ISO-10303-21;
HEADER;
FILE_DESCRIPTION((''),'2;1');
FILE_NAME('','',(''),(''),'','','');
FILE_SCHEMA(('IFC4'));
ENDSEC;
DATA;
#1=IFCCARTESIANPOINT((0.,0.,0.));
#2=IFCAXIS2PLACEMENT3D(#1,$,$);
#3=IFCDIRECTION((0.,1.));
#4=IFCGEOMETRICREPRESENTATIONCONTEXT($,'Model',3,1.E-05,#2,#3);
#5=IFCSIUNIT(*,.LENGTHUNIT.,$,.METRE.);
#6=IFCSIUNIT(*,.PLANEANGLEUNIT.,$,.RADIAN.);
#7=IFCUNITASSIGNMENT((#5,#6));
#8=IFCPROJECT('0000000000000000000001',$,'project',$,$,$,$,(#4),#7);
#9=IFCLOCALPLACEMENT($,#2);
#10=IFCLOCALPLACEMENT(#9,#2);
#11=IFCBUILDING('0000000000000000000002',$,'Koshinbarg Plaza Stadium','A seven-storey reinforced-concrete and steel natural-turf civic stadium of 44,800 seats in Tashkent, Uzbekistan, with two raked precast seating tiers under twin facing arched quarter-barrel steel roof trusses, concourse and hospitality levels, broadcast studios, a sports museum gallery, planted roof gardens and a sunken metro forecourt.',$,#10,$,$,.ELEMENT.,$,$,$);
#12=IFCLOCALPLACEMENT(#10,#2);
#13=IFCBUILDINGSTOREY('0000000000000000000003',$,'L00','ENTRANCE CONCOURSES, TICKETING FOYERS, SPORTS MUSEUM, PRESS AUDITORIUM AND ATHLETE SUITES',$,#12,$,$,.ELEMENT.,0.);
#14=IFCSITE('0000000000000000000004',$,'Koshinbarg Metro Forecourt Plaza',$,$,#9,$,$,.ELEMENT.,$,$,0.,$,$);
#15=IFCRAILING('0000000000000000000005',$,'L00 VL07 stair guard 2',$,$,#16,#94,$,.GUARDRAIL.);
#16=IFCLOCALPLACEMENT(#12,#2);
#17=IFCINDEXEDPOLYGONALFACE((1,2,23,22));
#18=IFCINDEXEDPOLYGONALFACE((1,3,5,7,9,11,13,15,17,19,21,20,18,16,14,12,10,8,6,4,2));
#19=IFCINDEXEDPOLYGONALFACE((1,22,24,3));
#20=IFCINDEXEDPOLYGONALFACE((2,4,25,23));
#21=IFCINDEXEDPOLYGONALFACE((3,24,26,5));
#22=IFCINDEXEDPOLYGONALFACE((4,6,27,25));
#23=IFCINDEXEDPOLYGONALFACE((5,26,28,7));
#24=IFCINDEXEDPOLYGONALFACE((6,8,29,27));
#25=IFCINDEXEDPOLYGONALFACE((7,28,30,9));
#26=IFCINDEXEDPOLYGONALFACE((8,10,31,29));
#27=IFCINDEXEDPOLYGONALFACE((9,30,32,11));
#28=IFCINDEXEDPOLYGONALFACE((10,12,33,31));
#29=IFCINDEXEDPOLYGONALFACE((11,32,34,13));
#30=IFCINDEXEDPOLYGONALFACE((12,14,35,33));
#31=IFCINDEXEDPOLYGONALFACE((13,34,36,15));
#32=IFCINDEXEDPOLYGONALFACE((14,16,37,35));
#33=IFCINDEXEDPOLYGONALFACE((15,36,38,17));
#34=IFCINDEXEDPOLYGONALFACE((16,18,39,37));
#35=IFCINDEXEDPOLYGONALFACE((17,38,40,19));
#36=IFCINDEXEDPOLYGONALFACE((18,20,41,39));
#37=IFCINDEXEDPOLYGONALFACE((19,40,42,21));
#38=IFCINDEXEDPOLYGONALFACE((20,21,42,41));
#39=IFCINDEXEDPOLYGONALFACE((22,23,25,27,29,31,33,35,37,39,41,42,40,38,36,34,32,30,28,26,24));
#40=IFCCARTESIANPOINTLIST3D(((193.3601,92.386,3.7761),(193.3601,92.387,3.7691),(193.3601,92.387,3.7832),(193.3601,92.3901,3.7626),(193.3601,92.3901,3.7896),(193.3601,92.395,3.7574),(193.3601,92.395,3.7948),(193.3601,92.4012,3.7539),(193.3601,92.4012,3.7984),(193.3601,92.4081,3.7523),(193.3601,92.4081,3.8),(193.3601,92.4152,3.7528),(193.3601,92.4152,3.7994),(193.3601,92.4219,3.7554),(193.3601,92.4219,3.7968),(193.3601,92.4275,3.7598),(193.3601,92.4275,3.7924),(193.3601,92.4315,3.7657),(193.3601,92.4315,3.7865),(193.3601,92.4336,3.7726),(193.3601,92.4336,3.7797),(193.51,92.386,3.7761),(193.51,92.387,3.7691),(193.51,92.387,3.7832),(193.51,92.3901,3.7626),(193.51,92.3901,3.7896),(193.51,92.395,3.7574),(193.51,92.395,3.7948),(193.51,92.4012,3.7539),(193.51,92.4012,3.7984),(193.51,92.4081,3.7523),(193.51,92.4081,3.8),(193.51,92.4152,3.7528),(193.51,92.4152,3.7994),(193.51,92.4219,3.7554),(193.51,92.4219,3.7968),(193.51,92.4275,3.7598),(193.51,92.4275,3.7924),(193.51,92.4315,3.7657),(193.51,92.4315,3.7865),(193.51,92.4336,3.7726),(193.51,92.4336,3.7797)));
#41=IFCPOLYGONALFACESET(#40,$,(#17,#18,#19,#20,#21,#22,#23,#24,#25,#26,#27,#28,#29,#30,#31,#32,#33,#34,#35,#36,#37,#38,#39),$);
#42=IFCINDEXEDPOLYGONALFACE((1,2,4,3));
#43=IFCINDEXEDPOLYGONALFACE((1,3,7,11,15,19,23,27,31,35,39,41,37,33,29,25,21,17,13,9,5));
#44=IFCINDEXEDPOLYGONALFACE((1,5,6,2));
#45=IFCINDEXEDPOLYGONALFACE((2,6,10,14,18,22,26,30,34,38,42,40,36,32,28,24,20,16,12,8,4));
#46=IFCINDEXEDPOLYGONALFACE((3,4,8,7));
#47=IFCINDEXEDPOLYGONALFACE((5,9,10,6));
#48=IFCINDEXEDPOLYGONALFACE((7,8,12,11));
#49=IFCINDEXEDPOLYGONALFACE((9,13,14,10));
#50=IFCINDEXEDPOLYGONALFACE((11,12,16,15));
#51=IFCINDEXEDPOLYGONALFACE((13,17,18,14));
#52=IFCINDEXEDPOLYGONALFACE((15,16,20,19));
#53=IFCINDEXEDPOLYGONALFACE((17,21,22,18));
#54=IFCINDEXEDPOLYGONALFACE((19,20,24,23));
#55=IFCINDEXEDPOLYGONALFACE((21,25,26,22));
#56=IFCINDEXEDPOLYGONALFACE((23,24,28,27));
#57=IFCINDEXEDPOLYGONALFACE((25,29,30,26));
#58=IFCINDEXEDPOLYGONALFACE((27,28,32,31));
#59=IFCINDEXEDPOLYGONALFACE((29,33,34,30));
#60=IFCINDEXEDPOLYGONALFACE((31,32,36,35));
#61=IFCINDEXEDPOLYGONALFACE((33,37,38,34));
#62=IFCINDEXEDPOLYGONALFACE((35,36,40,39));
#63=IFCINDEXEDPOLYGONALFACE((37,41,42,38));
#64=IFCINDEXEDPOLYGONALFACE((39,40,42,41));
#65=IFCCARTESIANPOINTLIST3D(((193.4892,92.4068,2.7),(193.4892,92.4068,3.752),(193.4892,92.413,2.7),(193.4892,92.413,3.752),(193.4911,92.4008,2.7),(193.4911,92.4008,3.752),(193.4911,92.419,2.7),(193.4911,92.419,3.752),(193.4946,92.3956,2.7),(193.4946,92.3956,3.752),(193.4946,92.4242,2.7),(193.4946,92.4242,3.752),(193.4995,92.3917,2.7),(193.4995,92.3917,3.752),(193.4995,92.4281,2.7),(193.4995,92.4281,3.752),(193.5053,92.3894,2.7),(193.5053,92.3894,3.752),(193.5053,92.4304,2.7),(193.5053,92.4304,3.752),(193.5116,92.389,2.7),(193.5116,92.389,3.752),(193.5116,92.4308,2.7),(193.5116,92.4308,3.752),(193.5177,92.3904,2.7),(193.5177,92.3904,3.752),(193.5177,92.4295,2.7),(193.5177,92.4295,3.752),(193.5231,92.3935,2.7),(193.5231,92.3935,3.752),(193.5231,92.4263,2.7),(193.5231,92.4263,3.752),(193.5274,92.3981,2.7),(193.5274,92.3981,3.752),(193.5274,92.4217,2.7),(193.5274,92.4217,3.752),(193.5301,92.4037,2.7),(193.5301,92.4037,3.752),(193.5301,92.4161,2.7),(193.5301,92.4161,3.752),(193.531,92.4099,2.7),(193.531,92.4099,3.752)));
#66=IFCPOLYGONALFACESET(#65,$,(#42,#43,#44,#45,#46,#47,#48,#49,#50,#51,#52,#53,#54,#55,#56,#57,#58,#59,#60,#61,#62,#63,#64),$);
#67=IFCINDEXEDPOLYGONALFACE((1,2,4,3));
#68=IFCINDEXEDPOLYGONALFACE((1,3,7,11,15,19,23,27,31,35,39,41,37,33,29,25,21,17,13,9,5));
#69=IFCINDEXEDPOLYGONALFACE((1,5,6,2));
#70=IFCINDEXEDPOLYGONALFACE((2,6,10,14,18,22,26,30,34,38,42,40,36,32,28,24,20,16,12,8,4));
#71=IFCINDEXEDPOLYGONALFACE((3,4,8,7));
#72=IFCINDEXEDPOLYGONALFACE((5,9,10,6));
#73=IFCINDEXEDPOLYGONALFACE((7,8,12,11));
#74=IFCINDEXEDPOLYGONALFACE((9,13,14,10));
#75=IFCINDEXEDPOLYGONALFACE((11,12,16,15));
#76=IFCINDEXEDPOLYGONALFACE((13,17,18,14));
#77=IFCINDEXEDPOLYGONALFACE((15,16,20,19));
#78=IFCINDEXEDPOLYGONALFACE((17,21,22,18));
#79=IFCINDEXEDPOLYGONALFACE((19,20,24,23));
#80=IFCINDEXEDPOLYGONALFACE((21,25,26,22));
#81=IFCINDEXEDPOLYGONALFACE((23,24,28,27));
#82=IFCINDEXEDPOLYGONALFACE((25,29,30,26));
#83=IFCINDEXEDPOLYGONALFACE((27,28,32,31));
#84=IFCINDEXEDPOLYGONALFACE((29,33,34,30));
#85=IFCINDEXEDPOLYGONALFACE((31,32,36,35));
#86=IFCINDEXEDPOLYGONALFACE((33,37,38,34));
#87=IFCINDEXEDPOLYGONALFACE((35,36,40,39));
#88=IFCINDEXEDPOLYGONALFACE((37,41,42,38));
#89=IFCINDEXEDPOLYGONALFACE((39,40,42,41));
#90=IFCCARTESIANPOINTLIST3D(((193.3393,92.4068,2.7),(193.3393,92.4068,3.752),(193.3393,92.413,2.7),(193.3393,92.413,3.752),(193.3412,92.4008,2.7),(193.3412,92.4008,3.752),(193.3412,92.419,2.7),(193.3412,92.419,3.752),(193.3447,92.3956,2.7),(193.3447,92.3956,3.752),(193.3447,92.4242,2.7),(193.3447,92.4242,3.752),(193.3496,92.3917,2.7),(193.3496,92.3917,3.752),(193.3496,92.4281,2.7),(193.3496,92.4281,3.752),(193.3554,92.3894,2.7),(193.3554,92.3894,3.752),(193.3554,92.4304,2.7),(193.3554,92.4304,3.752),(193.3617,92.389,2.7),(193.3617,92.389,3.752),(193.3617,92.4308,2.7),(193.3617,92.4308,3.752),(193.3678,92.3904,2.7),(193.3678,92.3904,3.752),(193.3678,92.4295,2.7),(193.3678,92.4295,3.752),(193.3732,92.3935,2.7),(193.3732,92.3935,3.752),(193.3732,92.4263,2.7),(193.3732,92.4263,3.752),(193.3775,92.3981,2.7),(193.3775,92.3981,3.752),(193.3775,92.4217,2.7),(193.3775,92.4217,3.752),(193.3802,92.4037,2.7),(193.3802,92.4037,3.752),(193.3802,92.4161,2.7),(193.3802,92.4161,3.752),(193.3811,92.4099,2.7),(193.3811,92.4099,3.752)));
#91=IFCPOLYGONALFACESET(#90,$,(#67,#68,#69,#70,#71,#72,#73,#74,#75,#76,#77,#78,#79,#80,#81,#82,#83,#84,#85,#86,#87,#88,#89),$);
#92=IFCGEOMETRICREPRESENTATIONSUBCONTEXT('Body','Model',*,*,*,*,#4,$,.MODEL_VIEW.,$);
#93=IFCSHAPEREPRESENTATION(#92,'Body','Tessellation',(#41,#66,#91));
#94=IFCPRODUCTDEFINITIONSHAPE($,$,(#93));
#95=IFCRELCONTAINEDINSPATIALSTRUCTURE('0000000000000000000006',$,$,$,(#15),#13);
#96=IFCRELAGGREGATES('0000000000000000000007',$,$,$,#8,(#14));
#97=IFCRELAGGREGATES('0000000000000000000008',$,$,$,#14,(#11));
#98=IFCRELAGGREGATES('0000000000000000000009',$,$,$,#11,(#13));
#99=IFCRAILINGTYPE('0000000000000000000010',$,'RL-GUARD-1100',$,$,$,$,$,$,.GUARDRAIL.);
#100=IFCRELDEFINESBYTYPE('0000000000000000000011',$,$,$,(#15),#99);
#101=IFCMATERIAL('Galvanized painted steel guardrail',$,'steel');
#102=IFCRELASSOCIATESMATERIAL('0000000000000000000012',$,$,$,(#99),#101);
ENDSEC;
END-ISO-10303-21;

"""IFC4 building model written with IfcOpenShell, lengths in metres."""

from ifc_helpers import new_model, si_unit, direction, frame, origin, origin_2d, place, context, subcontext, project, spatial, circle, extrude, material, type_object, element, save


model = new_model("IFC4")

# Units and contexts
model_context = context("Model", 3, precision=1e-05, world=origin(), true_north=direction((0.0, 1.0)))
body_context = subcontext(model_context, "Body", "Model", "MODEL_VIEW")
ifc_project = project(units=[si_unit("LENGTHUNIT", "METRE"), si_unit("PLANEANGLEUNIT", "RADIAN")], contexts=[model_context])

# Site, building, storey
site_placement = place(None, origin())
site = spatial("IfcSite", under=ifc_project, at=site_placement, Name="Koshinbarg Metro Forecourt Plaza", CompositionType="ELEMENT", RefElevation=0.0)
building_placement = place(site_placement, origin())
building = spatial("IfcBuilding", under=site, at=building_placement, Name="Koshinbarg Plaza Stadium", Description="A seven-storey reinforced-concrete and steel natural-turf civic stadium of 44,800 seats in Tashkent, Uzbekistan, with two raked precast seating tiers under twin facing arched quarter-barrel steel roof trusses, concourse and hospitality levels, broadcast studios, a sports museum gallery, planted roof gardens and a sunken metro forecourt.", CompositionType="ELEMENT")
storey_placement = place(building_placement, origin())
storey = spatial("IfcBuildingStorey", under=building, at=storey_placement, Name="L00", Description="ENTRANCE CONCOURSES, TICKETING FOYERS, SPORTS MUSEUM, PRESS AUDITORIUM AND ATHLETE SUITES", CompositionType="ELEMENT", Elevation=0.0)

# Railing
ifc_material_1 = material(Name="Galvanized painted steel guardrail", Category="steel")
railing_type = type_object("IfcRailingType", Name="RL-GUARD-1100", PredefinedType="GUARDRAIL", material=ifc_material_1)
railing_1_placement = place(storey_placement, frame((193.51, 92.4099, 2.7)))
element("IfcRailing", 1, at=railing_1_placement, inside=storey, type_object=railing_type, Name="L00 VL07 stair guard 2", PredefinedType="GUARDRAIL", context=body_context, shape_type="SweptSolid", body=[
    extrude(circle(Radius=0.0239, at=origin_2d()), frame((0.0, 0.0, 1.0762), z_axis=(-1.0, 0.0, 0.0), x_axis=(0.0, -1.0, 0.0)), (0.0, 0.0, 1.0), 0.1499),
    extrude(circle(Radius=0.021, at=origin_2d()), origin(), (0.0, 0.0, 1.0), 1.052),
    extrude(circle(Radius=0.021, at=origin_2d()), frame((-0.1499, 0.0, 0.0)), (0.0, 0.0, 1.0), 1.052),
])

save(model, "model.ifc")
